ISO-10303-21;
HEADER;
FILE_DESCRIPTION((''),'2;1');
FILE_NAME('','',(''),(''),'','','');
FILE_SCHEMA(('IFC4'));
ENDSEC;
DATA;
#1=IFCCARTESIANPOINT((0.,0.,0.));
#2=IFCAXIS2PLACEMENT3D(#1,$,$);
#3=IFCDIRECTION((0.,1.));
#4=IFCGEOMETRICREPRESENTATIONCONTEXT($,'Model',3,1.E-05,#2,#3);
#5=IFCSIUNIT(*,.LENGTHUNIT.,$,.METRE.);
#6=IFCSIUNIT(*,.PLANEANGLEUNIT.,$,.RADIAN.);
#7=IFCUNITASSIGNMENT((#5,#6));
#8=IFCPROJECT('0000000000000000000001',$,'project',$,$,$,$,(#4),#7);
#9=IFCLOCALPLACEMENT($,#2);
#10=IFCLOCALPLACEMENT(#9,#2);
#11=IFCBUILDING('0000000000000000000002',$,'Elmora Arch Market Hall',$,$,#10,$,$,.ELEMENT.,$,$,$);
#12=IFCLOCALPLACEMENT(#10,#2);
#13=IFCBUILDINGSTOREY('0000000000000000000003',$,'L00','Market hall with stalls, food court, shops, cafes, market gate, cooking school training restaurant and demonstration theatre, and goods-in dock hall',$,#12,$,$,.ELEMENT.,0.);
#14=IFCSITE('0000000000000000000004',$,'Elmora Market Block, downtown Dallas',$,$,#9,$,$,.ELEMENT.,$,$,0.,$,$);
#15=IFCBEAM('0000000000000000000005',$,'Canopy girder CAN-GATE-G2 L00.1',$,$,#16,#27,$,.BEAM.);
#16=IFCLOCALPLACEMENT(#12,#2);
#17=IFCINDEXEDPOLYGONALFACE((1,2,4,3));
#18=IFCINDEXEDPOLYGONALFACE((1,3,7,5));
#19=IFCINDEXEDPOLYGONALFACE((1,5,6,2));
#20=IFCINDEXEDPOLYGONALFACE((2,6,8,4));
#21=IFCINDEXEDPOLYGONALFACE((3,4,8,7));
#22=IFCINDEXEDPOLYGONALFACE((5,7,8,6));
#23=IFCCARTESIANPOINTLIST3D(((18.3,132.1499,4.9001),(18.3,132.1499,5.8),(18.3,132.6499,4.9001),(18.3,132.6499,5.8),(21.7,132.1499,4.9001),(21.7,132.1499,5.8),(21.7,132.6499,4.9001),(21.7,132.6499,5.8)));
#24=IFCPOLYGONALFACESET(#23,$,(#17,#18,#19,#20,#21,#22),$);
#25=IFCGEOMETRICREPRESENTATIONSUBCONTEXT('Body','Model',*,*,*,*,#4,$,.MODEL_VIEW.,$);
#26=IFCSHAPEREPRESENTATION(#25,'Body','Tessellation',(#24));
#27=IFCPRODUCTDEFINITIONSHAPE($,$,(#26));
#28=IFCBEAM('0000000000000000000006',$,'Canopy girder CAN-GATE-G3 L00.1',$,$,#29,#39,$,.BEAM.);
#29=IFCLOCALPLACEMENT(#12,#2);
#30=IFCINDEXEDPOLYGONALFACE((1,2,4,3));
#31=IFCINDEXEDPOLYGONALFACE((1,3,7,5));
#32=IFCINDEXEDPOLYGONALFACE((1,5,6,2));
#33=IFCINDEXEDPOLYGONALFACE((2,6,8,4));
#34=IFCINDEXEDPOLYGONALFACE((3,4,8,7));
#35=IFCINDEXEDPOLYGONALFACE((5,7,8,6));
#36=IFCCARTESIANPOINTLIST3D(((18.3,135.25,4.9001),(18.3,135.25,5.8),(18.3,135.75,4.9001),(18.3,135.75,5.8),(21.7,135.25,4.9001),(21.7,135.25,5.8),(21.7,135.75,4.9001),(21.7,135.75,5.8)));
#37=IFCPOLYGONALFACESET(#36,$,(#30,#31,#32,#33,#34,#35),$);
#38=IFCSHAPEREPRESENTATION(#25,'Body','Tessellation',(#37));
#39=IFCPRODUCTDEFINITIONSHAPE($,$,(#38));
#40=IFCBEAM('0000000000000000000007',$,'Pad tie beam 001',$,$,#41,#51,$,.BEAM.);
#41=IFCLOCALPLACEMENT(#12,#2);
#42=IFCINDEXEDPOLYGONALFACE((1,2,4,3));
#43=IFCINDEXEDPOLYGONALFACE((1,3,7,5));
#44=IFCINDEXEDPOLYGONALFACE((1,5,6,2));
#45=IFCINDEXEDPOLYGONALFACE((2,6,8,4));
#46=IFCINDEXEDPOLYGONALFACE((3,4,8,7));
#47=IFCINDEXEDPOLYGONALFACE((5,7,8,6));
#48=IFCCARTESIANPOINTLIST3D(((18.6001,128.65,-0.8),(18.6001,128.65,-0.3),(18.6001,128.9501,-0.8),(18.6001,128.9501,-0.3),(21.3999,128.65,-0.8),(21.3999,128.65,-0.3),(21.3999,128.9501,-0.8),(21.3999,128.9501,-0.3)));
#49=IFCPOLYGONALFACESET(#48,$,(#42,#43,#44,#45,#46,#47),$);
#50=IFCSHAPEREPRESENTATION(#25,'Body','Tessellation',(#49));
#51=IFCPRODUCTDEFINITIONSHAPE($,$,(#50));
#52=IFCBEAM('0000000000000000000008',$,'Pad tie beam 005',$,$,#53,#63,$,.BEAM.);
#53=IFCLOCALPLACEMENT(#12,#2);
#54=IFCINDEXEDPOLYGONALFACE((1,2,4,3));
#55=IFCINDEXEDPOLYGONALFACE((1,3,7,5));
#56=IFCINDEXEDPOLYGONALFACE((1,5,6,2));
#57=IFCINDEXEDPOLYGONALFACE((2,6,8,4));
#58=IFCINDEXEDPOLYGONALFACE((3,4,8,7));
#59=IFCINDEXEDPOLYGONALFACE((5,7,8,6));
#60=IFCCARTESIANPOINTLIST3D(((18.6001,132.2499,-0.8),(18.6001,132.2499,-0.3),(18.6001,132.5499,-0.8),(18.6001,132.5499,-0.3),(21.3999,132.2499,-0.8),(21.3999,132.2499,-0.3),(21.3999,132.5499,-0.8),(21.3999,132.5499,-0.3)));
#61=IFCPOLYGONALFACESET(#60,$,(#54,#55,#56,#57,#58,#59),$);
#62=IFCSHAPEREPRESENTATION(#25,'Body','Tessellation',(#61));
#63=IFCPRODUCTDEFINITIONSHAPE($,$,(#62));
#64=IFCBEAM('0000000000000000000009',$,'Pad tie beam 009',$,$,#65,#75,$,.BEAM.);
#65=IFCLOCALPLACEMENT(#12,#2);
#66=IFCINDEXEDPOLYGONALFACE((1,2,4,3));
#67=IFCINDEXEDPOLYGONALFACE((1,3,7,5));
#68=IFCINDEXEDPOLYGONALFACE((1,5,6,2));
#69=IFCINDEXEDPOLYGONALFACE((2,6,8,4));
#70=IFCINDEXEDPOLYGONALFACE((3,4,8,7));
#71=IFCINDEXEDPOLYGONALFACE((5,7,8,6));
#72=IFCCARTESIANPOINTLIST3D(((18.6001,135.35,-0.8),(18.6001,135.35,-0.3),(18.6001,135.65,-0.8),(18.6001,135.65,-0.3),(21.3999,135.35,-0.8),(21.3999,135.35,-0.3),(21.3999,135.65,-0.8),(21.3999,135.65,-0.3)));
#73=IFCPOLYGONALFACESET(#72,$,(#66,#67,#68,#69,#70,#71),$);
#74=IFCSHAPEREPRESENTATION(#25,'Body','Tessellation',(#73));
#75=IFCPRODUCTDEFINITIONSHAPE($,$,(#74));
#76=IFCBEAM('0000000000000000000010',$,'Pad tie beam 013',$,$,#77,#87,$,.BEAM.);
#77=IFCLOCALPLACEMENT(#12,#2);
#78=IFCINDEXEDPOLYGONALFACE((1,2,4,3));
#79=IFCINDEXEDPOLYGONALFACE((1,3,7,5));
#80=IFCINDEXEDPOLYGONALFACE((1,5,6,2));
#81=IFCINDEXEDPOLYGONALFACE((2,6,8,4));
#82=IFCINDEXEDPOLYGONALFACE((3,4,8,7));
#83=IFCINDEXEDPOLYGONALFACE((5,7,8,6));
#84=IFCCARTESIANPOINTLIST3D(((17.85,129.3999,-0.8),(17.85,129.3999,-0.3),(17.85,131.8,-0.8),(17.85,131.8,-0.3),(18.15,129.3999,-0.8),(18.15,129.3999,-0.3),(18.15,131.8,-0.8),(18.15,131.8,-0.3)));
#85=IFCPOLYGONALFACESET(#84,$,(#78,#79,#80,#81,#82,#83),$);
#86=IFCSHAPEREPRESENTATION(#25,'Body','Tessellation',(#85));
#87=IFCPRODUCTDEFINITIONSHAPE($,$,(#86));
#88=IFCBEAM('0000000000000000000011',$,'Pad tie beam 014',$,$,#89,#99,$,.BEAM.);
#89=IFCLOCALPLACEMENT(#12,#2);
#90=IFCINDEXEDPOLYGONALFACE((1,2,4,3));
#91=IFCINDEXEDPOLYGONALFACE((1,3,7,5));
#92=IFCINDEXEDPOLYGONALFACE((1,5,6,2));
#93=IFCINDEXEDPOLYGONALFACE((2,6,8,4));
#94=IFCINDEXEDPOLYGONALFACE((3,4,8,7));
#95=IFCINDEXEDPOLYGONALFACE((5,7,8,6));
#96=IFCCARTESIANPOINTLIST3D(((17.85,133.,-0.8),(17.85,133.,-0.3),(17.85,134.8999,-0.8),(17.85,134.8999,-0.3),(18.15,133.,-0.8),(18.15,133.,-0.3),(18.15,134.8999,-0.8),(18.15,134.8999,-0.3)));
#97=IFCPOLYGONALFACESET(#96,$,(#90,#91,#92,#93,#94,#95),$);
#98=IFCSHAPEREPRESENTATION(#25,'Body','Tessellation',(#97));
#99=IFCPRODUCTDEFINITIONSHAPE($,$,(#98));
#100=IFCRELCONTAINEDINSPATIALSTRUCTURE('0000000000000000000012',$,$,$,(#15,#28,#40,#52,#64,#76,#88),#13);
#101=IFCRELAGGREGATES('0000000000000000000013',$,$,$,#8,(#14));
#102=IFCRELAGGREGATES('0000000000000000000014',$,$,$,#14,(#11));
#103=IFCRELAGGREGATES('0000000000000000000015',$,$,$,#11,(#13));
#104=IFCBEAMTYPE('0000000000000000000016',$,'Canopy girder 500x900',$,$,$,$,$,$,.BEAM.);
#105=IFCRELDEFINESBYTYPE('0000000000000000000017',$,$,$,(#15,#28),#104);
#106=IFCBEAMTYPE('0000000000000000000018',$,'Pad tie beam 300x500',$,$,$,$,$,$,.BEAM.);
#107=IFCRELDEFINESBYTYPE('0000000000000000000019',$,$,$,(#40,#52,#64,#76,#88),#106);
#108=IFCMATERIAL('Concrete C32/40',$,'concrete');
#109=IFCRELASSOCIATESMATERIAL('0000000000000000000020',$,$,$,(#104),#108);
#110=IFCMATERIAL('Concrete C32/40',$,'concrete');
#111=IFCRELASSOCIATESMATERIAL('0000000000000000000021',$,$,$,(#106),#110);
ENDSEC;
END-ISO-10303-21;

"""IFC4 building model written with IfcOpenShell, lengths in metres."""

from ifc_helpers import new_model, si_unit, direction, frame, origin, origin_2d, place, context, subcontext, project, spatial, rectangle, extrude, material, material_profile, profile_set, type_object, element, save


model = new_model("IFC4")

# Units and contexts
model_context = context("Model", 3, precision=1e-05, world=origin(), true_north=direction((0.0, 1.0)))
body_context = subcontext(model_context, "Body", "Model", "MODEL_VIEW")
ifc_project = project(units=[si_unit("LENGTHUNIT", "METRE"), si_unit("PLANEANGLEUNIT", "RADIAN")], contexts=[model_context])

# Site, building, storey
site_placement = place(None, origin())
site = spatial("IfcSite", under=ifc_project, at=site_placement, Name="Elmora Market Block, downtown Dallas", CompositionType="ELEMENT", RefElevation=0.0)
building_placement = place(site_placement, origin())
building = spatial("IfcBuilding", under=site, at=building_placement, Name="Elmora Arch Market Hall", CompositionType="ELEMENT")
storey_placement = place(building_placement, origin())
storey = spatial("IfcBuildingStorey", under=building, at=storey_placement, Name="L00", Description="Market hall with stalls, food court, shops, cafes, market gate, cooking school training restaurant and demonstration theatre, and goods-in dock hall", CompositionType="ELEMENT", Elevation=0.0)

# Beams
ifc_material_1 = material(Name="Concrete C32/40", Category="concrete")
ifc_material_profile_1 = material_profile(ifc_material_1, rectangle(XDim=0.5, YDim=0.8999, at=origin_2d()), Name="Canopy girder 500x900")
ifc_profile_set_1 = profile_set([ifc_material_profile_1], Name="Concrete C32/40")
beam_type_1 = type_object("IfcBeamType", Name="Canopy girder 500x900", PredefinedType="BEAM", material=ifc_profile_set_1)
for number, where, z_axis, x_axis, name in (
    (1, (18.3, 132.3999, 5.3501), (1.0, 0.0, 0.0), (0.0, 1.0, 0.0), "Canopy girder CAN-GATE-G2 L00.1"),
    (2, (18.3, 135.5, 5.3501), (1.0, 0.0, 0.0), (0.0, 1.0, 0.0), "Canopy girder CAN-GATE-G3 L00.1"),
):
    element("IfcBeam", number, at=place(storey_placement, frame(where, z_axis=z_axis, x_axis=x_axis)), inside=storey, type_object=beam_type_1, Name=name, PredefinedType="BEAM", context=body_context, shape_type="SweptSolid", body=[
        extrude(rectangle(XDim=0.5, YDim=0.8999, at=origin_2d()), origin(), (0.0, 0.0, 1.0), 3.3999),
    ])
ifc_material_2 = material(Name="Concrete C32/40", Category="concrete")
ifc_material_profile_2 = material_profile(ifc_material_2, rectangle(XDim=0.3, YDim=0.5, at=origin_2d()), Name="Pad tie beam 300x500")
ifc_profile_set_2 = profile_set([ifc_material_profile_2], Name="Concrete C32/40")
beam_type_2 = type_object("IfcBeamType", Name="Pad tie beam 300x500", PredefinedType="BEAM", material=ifc_profile_set_2)
for number, where, z_axis, x_axis, name in (
    (3, (18.6001, 128.8, -0.55), (1.0, 0.0, 0.0), (0.0, 1.0, 0.0), "Pad tie beam 001"),
    (4, (18.6001, 132.3999, -0.55), (1.0, 0.0, 0.0), (0.0, 1.0, 0.0), "Pad tie beam 005"),
    (5, (18.6001, 135.5, -0.55), (1.0, 0.0, 0.0), (0.0, 1.0, 0.0), "Pad tie beam 009"),
):
    element("IfcBeam", number, at=place(storey_placement, frame(where, z_axis=z_axis, x_axis=x_axis)), inside=storey, type_object=beam_type_2, Name=name, PredefinedType="BEAM", context=body_context, shape_type="SweptSolid", body=[
        extrude(rectangle(XDim=0.3, YDim=0.5, at=origin_2d()), origin(), (0.0, 0.0, 1.0), 2.7998),
    ])
beam_1_placement = place(storey_placement, frame((18.0, 129.3999, -0.55), z_axis=(0.0, 1.0, 0.0), x_axis=(-1.0, 0.0, 0.0)))
element("IfcBeam", 6, at=beam_1_placement, inside=storey, type_object=beam_type_2, Name="Pad tie beam 013", PredefinedType="BEAM", context=body_context, shape_type="SweptSolid", body=[
    extrude(rectangle(XDim=0.3, YDim=0.5, at=origin_2d()), origin(), (0.0, 0.0, 1.0), 2.4001),
])
beam_2_placement = place(storey_placement, frame((18.0, 133.0, -0.55), z_axis=(0.0, 1.0, 0.0), x_axis=(-1.0, 0.0, 0.0)))
element("IfcBeam", 7, at=beam_2_placement, inside=storey, type_object=beam_type_2, Name="Pad tie beam 014", PredefinedType="BEAM", context=body_context, shape_type="SweptSolid", body=[
    extrude(rectangle(XDim=0.3, YDim=0.5, at=origin_2d()), origin(), (0.0, 0.0, 1.0), 1.8999),
])

save(model, "model.ifc")
